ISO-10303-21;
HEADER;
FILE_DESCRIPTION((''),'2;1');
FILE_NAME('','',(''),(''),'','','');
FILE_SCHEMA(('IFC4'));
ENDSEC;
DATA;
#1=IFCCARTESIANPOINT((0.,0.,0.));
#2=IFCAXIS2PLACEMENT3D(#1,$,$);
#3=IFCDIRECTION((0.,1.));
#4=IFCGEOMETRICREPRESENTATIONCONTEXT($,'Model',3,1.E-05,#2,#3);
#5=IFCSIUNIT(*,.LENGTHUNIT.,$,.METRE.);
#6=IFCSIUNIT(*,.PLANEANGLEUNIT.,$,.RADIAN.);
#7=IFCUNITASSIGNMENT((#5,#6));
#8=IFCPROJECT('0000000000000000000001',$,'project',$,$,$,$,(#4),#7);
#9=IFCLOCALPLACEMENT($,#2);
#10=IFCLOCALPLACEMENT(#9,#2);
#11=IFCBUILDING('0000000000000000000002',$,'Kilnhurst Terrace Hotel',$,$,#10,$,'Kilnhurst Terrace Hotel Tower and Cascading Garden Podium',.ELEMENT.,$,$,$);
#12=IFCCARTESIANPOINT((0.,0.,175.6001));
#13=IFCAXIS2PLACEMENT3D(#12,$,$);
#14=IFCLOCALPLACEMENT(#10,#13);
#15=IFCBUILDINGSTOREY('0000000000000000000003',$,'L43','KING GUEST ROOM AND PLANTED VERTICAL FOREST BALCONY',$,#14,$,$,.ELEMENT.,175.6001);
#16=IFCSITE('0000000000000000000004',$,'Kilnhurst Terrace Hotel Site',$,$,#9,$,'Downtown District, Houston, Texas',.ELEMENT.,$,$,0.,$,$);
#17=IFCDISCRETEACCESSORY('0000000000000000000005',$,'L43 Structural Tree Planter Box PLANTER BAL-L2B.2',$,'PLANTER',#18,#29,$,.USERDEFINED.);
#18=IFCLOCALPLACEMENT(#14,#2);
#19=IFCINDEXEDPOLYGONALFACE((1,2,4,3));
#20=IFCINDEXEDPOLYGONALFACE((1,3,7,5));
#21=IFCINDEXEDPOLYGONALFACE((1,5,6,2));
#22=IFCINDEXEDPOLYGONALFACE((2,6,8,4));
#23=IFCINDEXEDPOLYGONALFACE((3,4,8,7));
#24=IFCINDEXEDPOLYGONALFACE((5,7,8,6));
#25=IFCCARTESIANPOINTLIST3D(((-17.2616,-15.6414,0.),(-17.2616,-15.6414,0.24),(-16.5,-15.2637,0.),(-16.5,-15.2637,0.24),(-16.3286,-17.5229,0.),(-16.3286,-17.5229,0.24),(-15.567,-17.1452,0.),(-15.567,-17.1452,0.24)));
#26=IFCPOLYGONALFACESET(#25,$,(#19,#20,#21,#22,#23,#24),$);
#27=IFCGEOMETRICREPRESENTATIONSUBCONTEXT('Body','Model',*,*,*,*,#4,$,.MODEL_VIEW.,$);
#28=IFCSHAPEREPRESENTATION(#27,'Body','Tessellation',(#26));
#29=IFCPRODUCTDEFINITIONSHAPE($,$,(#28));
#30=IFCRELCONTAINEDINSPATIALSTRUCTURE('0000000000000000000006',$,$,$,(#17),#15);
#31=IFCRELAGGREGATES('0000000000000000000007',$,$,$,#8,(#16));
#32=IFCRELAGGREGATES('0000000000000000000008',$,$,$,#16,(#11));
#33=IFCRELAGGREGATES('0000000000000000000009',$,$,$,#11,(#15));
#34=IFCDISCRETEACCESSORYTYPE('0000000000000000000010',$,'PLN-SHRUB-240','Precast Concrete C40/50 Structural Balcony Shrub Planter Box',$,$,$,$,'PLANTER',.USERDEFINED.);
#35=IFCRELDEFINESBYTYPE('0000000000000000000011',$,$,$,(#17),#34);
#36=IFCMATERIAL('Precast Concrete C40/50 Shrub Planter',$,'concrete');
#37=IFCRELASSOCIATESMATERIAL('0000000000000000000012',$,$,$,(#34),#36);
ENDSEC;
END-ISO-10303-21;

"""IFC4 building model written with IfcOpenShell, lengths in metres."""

from ifc_helpers import new_model, si_unit, direction, frame, origin, origin_2d, place, context, subcontext, project, spatial, rectangle, extrude, material, type_object, element, save


model = new_model("IFC4")

# Units and contexts
model_context = context("Model", 3, precision=1e-05, world=origin(), true_north=direction((0.0, 1.0)))
body_context = subcontext(model_context, "Body", "Model", "MODEL_VIEW")
ifc_project = project(units=[si_unit("LENGTHUNIT", "METRE"), si_unit("PLANEANGLEUNIT", "RADIAN")], contexts=[model_context])

# Site, building, storey
site_placement = place(None, origin())
site = spatial("IfcSite", under=ifc_project, at=site_placement, Name="Kilnhurst Terrace Hotel Site", LongName="Downtown District, Houston, Texas", CompositionType="ELEMENT", RefElevation=0.0)
building_placement = place(site_placement, origin())
building = spatial("IfcBuilding", under=site, at=building_placement, Name="Kilnhurst Terrace Hotel", LongName="Kilnhurst Terrace Hotel Tower and Cascading Garden Podium", CompositionType="ELEMENT")
storey_placement = place(building_placement, frame((0.0, 0.0, 175.6001)))
storey = spatial("IfcBuildingStorey", under=building, at=storey_placement, Name="L43", Description="KING GUEST ROOM AND PLANTED VERTICAL FOREST BALCONY", CompositionType="ELEMENT", Elevation=175.6001)

# Discrete accessory
ifc_material_1 = material(Name="Precast Concrete C40/50 Shrub Planter", Category="concrete")
discrete_accessory_type = type_object("IfcDiscreteAccessoryType", Name="PLN-SHRUB-240", Description="Precast Concrete C40/50 Structural Balcony Shrub Planter Box", ElementType="PLANTER", PredefinedType="USERDEFINED", material=ifc_material_1)
discrete_accessory_placement = place(storey_placement, frame((-16.4143, -16.3933, 0.0), z_axis=(0.0, 0.0, 1.0), x_axis=(0.444244, -0.895906, 0.0)))
element("IfcDiscreteAccessory", 1, at=discrete_accessory_placement, inside=storey, type_object=discrete_accessory_type, Name="L43 Structural Tree Planter Box PLANTER BAL-L2B.2", ObjectType="PLANTER", PredefinedType="USERDEFINED", context=body_context, shape_type="SweptSolid", body=[
    extrude(rectangle(XDim=2.1001, YDim=0.8501, at=origin_2d()), origin(), (0.0, 0.0, 1.0), 0.24),
])

save(model, "model.ifc")
